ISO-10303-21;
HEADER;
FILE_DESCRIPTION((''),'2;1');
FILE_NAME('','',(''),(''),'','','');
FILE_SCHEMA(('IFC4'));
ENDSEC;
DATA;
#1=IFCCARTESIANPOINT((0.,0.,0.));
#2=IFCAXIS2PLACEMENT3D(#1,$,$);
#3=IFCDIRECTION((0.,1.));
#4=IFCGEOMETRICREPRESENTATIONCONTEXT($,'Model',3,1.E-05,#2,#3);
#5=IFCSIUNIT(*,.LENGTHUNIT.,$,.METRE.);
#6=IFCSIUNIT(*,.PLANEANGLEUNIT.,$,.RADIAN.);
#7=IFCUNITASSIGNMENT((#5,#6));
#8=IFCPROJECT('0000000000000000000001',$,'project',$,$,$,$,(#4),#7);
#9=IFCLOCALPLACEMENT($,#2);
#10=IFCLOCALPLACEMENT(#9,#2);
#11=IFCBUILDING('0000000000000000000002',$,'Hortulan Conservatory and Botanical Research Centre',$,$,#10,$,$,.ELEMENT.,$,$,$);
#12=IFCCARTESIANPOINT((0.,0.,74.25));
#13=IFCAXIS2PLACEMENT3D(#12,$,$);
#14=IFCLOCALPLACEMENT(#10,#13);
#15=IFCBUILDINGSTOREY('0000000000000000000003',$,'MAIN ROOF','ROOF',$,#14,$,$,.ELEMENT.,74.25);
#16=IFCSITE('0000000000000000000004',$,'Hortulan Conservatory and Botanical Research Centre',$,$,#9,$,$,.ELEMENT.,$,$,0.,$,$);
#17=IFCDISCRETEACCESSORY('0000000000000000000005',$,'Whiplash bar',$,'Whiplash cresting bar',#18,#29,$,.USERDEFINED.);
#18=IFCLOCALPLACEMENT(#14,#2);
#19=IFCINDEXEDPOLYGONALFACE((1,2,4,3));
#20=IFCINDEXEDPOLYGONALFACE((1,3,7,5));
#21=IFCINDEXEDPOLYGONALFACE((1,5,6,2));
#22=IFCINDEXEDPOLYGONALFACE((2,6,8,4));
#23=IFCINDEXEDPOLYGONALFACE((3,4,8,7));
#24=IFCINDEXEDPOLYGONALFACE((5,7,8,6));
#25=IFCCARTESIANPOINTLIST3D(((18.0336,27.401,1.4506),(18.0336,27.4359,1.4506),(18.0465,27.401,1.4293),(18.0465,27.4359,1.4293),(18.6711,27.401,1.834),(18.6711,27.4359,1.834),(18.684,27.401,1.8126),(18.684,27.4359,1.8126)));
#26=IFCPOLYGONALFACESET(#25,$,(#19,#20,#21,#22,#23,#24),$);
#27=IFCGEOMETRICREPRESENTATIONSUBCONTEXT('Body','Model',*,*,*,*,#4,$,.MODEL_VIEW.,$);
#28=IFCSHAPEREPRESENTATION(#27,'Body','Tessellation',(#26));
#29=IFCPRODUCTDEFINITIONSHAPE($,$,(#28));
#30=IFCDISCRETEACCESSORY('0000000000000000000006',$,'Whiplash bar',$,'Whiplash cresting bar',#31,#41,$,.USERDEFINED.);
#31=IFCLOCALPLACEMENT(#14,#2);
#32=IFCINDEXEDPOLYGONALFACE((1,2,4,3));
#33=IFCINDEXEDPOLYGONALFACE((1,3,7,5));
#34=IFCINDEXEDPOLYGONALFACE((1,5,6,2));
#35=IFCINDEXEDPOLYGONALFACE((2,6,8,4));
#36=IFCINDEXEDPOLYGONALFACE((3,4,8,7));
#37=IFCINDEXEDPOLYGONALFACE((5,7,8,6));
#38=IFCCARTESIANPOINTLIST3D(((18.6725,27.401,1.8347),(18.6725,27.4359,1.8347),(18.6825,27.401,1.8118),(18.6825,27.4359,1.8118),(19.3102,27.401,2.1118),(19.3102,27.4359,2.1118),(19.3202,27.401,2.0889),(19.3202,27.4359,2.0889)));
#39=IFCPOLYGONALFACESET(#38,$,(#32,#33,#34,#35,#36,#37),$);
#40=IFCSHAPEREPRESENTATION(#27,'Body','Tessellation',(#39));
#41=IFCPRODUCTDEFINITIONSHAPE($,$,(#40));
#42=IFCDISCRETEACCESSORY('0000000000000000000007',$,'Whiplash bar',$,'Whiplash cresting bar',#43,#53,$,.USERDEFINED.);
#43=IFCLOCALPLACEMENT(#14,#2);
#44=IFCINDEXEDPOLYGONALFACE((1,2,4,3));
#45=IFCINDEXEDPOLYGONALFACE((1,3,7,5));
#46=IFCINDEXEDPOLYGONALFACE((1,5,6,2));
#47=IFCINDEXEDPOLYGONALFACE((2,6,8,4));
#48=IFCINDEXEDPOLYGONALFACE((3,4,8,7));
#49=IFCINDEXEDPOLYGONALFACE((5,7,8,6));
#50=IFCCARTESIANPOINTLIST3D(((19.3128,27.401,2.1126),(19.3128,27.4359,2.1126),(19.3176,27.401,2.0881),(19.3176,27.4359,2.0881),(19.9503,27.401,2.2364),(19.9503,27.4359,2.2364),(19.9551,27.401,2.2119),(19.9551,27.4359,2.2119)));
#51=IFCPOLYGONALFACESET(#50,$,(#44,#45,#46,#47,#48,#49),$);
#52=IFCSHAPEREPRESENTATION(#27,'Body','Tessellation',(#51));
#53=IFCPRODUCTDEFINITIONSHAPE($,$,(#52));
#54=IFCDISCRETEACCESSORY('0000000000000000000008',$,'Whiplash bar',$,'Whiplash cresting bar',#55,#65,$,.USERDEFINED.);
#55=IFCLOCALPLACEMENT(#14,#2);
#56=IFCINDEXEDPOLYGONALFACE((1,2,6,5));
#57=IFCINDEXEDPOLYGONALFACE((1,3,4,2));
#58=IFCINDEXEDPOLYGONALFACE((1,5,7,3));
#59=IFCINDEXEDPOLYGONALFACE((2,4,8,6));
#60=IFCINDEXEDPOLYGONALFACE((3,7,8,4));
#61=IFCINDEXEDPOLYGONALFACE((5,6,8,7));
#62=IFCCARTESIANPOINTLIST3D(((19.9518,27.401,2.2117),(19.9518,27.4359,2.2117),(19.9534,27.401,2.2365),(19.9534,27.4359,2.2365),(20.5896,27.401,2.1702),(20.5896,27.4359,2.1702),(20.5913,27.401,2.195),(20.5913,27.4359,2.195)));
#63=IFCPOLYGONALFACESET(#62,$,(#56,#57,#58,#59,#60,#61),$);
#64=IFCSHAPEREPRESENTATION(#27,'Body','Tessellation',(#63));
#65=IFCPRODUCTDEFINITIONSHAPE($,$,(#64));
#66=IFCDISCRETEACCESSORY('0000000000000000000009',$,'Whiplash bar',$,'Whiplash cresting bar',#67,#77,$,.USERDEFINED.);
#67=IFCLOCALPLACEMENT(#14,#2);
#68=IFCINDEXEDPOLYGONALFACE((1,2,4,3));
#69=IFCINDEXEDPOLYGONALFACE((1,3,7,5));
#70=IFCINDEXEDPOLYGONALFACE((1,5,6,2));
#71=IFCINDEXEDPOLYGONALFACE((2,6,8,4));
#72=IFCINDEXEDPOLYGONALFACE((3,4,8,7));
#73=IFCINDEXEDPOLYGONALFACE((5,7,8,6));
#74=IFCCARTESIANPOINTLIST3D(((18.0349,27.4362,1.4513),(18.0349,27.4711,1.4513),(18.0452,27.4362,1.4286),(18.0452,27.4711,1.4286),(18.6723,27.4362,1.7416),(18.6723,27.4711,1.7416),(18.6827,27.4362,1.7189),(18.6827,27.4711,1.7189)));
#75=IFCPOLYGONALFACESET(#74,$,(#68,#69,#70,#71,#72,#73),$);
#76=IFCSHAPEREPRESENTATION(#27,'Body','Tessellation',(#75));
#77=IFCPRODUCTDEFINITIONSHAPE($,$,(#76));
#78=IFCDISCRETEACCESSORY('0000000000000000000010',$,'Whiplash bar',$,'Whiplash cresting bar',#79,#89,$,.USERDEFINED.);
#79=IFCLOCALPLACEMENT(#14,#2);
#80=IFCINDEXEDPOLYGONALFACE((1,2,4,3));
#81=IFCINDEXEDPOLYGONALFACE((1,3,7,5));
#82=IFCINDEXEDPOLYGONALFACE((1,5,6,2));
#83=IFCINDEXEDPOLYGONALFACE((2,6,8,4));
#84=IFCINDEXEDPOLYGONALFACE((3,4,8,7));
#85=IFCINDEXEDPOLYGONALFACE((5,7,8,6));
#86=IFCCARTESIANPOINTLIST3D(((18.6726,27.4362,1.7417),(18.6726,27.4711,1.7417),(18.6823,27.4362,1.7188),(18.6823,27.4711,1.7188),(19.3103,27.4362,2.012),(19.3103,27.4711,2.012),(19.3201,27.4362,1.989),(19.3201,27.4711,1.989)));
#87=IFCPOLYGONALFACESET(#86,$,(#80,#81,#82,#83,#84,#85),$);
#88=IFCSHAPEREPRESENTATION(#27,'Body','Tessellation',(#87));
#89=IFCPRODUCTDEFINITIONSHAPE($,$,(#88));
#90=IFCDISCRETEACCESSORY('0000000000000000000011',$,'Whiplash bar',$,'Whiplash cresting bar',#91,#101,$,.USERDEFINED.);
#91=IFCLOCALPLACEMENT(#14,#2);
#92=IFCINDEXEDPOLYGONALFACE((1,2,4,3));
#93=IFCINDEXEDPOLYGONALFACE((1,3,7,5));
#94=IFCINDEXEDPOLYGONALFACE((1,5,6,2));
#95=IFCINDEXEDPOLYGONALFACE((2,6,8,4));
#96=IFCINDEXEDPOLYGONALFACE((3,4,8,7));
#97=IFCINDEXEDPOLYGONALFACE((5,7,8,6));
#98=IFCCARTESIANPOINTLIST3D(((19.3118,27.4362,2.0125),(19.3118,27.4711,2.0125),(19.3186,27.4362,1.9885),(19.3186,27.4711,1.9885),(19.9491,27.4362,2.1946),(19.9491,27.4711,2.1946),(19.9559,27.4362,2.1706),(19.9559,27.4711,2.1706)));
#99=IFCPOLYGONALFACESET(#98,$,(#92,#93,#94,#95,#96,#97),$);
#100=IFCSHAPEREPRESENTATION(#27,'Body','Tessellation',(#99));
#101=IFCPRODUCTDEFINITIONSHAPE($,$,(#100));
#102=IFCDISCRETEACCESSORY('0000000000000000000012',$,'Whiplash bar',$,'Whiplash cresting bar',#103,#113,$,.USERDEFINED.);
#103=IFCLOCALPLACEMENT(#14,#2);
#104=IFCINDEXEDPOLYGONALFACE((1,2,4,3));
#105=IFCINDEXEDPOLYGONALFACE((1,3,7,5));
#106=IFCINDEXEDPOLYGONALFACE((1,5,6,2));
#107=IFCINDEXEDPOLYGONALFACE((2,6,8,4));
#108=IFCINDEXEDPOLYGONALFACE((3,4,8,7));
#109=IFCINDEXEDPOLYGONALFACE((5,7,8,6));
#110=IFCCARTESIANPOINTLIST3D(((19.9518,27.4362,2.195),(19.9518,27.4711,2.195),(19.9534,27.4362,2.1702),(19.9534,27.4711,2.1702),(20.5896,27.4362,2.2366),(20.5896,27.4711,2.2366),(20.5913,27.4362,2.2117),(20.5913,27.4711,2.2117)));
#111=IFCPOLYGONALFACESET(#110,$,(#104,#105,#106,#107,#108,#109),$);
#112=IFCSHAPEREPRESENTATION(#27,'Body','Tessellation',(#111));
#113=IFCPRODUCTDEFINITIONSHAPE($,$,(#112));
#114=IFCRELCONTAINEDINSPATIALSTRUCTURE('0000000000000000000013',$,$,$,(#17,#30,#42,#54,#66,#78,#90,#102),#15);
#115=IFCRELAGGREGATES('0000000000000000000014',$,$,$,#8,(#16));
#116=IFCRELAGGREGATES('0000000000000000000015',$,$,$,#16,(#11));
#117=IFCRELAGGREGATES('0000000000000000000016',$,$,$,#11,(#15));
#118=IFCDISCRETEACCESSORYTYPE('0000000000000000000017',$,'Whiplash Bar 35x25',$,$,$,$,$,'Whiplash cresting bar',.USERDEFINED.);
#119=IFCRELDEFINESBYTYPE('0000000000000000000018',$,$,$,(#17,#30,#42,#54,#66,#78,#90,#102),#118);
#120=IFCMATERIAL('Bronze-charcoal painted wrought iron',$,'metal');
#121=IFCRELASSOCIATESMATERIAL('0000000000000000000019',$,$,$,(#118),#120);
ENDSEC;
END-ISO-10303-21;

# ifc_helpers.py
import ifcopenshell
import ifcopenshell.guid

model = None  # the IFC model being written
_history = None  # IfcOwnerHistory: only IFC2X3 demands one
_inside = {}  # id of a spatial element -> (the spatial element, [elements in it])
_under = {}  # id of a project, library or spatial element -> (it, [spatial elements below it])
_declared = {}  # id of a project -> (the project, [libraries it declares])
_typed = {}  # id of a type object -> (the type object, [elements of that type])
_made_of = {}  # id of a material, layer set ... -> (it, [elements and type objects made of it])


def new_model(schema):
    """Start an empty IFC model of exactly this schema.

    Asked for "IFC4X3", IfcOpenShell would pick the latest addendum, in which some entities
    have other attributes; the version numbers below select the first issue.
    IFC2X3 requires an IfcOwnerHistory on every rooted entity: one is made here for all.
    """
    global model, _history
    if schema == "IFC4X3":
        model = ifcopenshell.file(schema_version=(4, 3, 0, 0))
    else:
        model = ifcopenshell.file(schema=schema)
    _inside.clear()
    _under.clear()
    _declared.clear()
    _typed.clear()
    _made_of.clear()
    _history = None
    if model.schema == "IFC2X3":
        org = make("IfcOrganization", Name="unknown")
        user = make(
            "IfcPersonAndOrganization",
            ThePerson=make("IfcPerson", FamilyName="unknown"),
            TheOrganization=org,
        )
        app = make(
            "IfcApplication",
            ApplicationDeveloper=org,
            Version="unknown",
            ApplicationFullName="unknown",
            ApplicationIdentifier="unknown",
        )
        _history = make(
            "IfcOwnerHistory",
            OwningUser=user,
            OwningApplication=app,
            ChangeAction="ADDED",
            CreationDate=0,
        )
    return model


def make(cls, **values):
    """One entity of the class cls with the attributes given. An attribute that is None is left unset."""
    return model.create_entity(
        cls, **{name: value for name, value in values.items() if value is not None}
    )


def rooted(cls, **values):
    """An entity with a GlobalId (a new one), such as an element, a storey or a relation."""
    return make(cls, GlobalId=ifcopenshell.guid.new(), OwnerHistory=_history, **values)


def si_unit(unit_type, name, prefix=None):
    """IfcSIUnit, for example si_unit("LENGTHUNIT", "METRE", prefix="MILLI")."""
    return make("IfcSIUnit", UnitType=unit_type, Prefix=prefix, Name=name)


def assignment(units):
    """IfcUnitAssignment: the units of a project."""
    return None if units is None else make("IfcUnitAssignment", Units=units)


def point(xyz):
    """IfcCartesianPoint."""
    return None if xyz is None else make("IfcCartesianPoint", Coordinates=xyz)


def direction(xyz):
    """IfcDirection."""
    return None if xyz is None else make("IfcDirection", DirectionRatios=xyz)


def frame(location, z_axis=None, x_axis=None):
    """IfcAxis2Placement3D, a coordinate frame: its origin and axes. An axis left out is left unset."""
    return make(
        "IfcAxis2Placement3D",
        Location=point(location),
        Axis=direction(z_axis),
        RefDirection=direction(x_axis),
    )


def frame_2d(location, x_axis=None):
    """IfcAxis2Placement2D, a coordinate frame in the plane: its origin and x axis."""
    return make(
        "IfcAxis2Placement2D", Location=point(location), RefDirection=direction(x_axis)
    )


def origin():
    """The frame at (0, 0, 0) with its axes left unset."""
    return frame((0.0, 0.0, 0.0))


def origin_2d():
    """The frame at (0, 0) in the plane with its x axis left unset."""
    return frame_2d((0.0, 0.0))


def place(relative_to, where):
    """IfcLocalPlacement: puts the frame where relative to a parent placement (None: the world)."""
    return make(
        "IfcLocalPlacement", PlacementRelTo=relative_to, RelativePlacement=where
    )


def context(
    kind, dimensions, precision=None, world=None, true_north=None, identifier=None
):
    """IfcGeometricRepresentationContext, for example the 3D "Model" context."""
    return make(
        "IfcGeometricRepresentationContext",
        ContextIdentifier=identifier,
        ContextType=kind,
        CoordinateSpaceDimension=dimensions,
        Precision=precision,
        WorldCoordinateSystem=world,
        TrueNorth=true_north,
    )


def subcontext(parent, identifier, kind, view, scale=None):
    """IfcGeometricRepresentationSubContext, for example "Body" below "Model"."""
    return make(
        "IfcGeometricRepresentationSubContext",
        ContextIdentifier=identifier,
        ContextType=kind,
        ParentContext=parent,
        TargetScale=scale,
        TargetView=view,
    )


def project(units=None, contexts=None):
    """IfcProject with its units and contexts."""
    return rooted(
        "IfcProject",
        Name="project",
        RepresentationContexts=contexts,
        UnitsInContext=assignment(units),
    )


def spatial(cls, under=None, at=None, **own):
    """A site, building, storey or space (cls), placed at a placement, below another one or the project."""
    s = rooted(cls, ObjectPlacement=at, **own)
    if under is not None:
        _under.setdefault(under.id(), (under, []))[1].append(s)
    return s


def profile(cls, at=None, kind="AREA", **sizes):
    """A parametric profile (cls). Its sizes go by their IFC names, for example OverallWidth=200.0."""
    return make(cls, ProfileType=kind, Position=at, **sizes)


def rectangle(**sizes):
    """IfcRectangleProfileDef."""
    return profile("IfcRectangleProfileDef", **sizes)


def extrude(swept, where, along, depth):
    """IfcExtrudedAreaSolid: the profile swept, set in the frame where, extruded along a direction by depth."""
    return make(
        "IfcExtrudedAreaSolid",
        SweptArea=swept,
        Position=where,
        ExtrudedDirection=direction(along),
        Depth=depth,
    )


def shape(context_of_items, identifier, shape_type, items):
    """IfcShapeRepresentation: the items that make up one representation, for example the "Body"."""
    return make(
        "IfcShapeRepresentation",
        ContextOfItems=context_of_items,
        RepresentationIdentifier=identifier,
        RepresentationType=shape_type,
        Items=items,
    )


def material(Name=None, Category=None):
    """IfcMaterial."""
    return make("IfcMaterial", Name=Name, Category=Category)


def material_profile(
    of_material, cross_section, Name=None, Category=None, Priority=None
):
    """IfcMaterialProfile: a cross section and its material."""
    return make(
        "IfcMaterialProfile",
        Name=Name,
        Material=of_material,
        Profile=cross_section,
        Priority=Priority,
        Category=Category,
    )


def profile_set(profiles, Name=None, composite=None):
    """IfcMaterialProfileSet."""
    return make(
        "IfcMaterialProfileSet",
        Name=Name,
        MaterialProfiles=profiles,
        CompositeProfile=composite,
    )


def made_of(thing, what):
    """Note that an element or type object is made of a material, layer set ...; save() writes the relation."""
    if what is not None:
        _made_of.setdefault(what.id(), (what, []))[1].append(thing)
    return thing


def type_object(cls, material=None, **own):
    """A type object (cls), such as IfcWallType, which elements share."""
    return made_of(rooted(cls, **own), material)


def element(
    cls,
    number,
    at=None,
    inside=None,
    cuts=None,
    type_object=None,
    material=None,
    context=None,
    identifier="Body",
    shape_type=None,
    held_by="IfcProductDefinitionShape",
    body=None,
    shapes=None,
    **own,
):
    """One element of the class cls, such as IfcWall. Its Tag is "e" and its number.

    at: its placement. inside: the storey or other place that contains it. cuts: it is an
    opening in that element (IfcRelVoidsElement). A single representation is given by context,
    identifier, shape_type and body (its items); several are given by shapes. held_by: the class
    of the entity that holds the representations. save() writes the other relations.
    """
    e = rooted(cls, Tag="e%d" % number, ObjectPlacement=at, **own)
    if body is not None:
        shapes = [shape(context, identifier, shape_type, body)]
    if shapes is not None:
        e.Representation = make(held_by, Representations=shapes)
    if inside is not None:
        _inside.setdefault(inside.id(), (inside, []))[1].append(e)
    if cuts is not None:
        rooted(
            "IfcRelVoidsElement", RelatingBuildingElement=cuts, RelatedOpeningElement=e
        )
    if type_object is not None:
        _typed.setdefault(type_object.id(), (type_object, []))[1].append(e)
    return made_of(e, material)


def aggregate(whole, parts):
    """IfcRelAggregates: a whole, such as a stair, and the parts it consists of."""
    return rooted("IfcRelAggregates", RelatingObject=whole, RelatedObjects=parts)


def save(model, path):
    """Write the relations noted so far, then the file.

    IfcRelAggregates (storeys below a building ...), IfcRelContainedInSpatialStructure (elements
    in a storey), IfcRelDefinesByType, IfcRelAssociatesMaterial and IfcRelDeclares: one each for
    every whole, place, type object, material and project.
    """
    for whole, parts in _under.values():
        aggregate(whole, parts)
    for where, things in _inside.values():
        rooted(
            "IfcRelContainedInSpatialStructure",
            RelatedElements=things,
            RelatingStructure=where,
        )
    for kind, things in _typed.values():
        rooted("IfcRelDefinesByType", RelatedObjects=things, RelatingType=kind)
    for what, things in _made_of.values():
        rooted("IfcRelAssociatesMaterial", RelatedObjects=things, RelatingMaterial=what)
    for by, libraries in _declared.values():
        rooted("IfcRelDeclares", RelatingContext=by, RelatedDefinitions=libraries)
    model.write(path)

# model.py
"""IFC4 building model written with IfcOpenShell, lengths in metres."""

from ifc_helpers import new_model, si_unit, direction, frame, origin, origin_2d, place, context, subcontext, project, spatial, rectangle, extrude, material, material_profile, profile_set, type_object, element, save


model = new_model("IFC4")

# Units and contexts
model_context = context("Model", 3, precision=1e-05, world=origin(), true_north=direction((0.0, 1.0)))
body_context = subcontext(model_context, "Body", "Model", "MODEL_VIEW")
ifc_project = project(units=[si_unit("LENGTHUNIT", "METRE"), si_unit("PLANEANGLEUNIT", "RADIAN")], contexts=[model_context])

# Site, building, storey
site_placement = place(None, origin())
site = spatial("IfcSite", under=ifc_project, at=site_placement, Name="Hortulan Conservatory and Botanical Research Centre", CompositionType="ELEMENT", RefElevation=0.0)
building_placement = place(site_placement, origin())
building = spatial("IfcBuilding", under=site, at=building_placement, Name="Hortulan Conservatory and Botanical Research Centre", CompositionType="ELEMENT")
storey_placement = place(building_placement, frame((0.0, 0.0, 74.25)))
storey = spatial("IfcBuildingStorey", under=building, at=storey_placement, Name="MAIN ROOF", Description="ROOF", CompositionType="ELEMENT", Elevation=74.25)

# Discrete accessories
ifc_material = material(Name="Bronze-charcoal painted wrought iron", Category="metal")
ifc_material_profile_1 = material_profile(ifc_material, rectangle(XDim=0.0349, YDim=0.0249, at=origin_2d()), Name="Flat bar 35x25")
ifc_profile_set_1 = profile_set([ifc_material_profile_1], Name="Bronze-charcoal painted wrought iron")
discrete_accessory_type_1 = type_object("IfcDiscreteAccessoryType", Name="Whiplash Bar 35x25", ElementType="Whiplash cresting bar", PredefinedType="USERDEFINED", material=ifc_profile_set_1)
for number, where, z_axis, x_axis, name in (
    (1, (18.04, 27.4185, 1.4399), (0.857, 0.0, 0.515316), (0.0, 1.0, 0.0), "Whiplash bar"),
):
    element("IfcDiscreteAccessory", number, at=place(storey_placement, frame(where, z_axis=z_axis, x_axis=x_axis)), inside=storey, type_object=discrete_accessory_type_1, Name=name, ObjectType="Whiplash cresting bar", PredefinedType="USERDEFINED", context=body_context, shape_type="SweptSolid", body=[
        extrude(rectangle(XDim=0.0349, YDim=0.0249, at=origin_2d()), origin(), (0.0, 0.0, 1.0), 0.7439),
    ])
discrete_accessory_1_placement = place(storey_placement, frame((18.6775, 27.4185, 1.8232), z_axis=(0.917154, 0.0, 0.398534), x_axis=(0.0, 1.0, 0.0)))
element("IfcDiscreteAccessory", 2, at=discrete_accessory_1_placement, inside=storey, type_object=discrete_accessory_type_1, Name="Whiplash bar", ObjectType="Whiplash cresting bar", PredefinedType="USERDEFINED", context=body_context, shape_type="SweptSolid", body=[
    extrude(rectangle(XDim=0.0349, YDim=0.0249, at=origin_2d()), origin(), (0.0, 0.0, 1.0), 0.6953),
])
discrete_accessory_2_placement = place(storey_placement, frame((19.3152, 27.4185, 2.1003), z_axis=(0.981664, 0.0, 0.190618), x_axis=(0.0, 1.0, 0.0)))
element("IfcDiscreteAccessory", 3, at=discrete_accessory_2_placement, inside=storey, type_object=discrete_accessory_type_1, Name="Whiplash bar", ObjectType="Whiplash cresting bar", PredefinedType="USERDEFINED", context=body_context, shape_type="SweptSolid", body=[
    extrude(rectangle(XDim=0.0349, YDim=0.0249, at=origin_2d()), origin(), (0.0, 0.0, 1.0), 0.6494),
])
discrete_accessory_3_placement = place(storey_placement, frame((19.9526, 27.4185, 2.2241), z_axis=(0.997889, 0.0, -0.064947), x_axis=(0.0, 1.0, 0.0)))
element("IfcDiscreteAccessory", 4, at=discrete_accessory_3_placement, inside=storey, type_object=discrete_accessory_type_1, Name="Whiplash bar", ObjectType="Whiplash cresting bar", PredefinedType="USERDEFINED", context=body_context, shape_type="SweptSolid", body=[
    extrude(rectangle(XDim=0.0349, YDim=0.0249, at=origin_2d()), origin(), (0.0, 0.0, 1.0), 0.6392),
])
discrete_accessory_4_placement = place(storey_placement, frame((18.04, 27.4536, 1.4399), z_axis=(0.91008, 0.0, 0.414433), x_axis=(0.0, 1.0, 0.0)))
element("IfcDiscreteAccessory", 5, at=discrete_accessory_4_placement, inside=storey, type_object=discrete_accessory_type_1, Name="Whiplash bar", ObjectType="Whiplash cresting bar", PredefinedType="USERDEFINED", context=body_context, shape_type="SweptSolid", body=[
    extrude(rectangle(XDim=0.0349, YDim=0.0249, at=origin_2d()), origin(), (0.0, 0.0, 1.0), 0.7004),
])
discrete_accessory_5_placement = place(storey_placement, frame((18.6775, 27.4536, 1.7302), z_axis=(0.920724, 0.0, 0.390215), x_axis=(0.0, 1.0, 0.0)))
element("IfcDiscreteAccessory", 6, at=discrete_accessory_5_placement, inside=storey, type_object=discrete_accessory_type_1, Name="Whiplash bar", ObjectType="Whiplash cresting bar", PredefinedType="USERDEFINED", context=body_context, shape_type="SweptSolid", body=[
    extrude(rectangle(XDim=0.0349, YDim=0.0249, at=origin_2d()), origin(), (0.0, 0.0, 1.0), 0.6926),
])
discrete_accessory_6_placement = place(storey_placement, frame((19.3152, 27.4536, 2.0005), z_axis=(0.961524, 0.0, 0.274721), x_axis=(0.0, 1.0, 0.0)))
element("IfcDiscreteAccessory", 7, at=discrete_accessory_6_placement, inside=storey, type_object=discrete_accessory_type_1, Name="Whiplash bar", ObjectType="Whiplash cresting bar", PredefinedType="USERDEFINED", context=body_context, shape_type="SweptSolid", body=[
    extrude(rectangle(XDim=0.0349, YDim=0.0249, at=origin_2d()), origin(), (0.0, 0.0, 1.0), 0.6628),
])
discrete_accessory_7_placement = place(storey_placement, frame((19.9526, 27.4536, 2.1826), z_axis=(0.997889, 0.0, 0.064947), x_axis=(0.0, 1.0, 0.0)))
element("IfcDiscreteAccessory", 8, at=discrete_accessory_7_placement, inside=storey, type_object=discrete_accessory_type_1, Name="Whiplash bar", ObjectType="Whiplash cresting bar", PredefinedType="USERDEFINED", context=body_context, shape_type="SweptSolid", body=[
    extrude(rectangle(XDim=0.0349, YDim=0.0249, at=origin_2d()), origin(), (0.0, 0.0, 1.0), 0.6392),
])

save(model, "model.ifc")
